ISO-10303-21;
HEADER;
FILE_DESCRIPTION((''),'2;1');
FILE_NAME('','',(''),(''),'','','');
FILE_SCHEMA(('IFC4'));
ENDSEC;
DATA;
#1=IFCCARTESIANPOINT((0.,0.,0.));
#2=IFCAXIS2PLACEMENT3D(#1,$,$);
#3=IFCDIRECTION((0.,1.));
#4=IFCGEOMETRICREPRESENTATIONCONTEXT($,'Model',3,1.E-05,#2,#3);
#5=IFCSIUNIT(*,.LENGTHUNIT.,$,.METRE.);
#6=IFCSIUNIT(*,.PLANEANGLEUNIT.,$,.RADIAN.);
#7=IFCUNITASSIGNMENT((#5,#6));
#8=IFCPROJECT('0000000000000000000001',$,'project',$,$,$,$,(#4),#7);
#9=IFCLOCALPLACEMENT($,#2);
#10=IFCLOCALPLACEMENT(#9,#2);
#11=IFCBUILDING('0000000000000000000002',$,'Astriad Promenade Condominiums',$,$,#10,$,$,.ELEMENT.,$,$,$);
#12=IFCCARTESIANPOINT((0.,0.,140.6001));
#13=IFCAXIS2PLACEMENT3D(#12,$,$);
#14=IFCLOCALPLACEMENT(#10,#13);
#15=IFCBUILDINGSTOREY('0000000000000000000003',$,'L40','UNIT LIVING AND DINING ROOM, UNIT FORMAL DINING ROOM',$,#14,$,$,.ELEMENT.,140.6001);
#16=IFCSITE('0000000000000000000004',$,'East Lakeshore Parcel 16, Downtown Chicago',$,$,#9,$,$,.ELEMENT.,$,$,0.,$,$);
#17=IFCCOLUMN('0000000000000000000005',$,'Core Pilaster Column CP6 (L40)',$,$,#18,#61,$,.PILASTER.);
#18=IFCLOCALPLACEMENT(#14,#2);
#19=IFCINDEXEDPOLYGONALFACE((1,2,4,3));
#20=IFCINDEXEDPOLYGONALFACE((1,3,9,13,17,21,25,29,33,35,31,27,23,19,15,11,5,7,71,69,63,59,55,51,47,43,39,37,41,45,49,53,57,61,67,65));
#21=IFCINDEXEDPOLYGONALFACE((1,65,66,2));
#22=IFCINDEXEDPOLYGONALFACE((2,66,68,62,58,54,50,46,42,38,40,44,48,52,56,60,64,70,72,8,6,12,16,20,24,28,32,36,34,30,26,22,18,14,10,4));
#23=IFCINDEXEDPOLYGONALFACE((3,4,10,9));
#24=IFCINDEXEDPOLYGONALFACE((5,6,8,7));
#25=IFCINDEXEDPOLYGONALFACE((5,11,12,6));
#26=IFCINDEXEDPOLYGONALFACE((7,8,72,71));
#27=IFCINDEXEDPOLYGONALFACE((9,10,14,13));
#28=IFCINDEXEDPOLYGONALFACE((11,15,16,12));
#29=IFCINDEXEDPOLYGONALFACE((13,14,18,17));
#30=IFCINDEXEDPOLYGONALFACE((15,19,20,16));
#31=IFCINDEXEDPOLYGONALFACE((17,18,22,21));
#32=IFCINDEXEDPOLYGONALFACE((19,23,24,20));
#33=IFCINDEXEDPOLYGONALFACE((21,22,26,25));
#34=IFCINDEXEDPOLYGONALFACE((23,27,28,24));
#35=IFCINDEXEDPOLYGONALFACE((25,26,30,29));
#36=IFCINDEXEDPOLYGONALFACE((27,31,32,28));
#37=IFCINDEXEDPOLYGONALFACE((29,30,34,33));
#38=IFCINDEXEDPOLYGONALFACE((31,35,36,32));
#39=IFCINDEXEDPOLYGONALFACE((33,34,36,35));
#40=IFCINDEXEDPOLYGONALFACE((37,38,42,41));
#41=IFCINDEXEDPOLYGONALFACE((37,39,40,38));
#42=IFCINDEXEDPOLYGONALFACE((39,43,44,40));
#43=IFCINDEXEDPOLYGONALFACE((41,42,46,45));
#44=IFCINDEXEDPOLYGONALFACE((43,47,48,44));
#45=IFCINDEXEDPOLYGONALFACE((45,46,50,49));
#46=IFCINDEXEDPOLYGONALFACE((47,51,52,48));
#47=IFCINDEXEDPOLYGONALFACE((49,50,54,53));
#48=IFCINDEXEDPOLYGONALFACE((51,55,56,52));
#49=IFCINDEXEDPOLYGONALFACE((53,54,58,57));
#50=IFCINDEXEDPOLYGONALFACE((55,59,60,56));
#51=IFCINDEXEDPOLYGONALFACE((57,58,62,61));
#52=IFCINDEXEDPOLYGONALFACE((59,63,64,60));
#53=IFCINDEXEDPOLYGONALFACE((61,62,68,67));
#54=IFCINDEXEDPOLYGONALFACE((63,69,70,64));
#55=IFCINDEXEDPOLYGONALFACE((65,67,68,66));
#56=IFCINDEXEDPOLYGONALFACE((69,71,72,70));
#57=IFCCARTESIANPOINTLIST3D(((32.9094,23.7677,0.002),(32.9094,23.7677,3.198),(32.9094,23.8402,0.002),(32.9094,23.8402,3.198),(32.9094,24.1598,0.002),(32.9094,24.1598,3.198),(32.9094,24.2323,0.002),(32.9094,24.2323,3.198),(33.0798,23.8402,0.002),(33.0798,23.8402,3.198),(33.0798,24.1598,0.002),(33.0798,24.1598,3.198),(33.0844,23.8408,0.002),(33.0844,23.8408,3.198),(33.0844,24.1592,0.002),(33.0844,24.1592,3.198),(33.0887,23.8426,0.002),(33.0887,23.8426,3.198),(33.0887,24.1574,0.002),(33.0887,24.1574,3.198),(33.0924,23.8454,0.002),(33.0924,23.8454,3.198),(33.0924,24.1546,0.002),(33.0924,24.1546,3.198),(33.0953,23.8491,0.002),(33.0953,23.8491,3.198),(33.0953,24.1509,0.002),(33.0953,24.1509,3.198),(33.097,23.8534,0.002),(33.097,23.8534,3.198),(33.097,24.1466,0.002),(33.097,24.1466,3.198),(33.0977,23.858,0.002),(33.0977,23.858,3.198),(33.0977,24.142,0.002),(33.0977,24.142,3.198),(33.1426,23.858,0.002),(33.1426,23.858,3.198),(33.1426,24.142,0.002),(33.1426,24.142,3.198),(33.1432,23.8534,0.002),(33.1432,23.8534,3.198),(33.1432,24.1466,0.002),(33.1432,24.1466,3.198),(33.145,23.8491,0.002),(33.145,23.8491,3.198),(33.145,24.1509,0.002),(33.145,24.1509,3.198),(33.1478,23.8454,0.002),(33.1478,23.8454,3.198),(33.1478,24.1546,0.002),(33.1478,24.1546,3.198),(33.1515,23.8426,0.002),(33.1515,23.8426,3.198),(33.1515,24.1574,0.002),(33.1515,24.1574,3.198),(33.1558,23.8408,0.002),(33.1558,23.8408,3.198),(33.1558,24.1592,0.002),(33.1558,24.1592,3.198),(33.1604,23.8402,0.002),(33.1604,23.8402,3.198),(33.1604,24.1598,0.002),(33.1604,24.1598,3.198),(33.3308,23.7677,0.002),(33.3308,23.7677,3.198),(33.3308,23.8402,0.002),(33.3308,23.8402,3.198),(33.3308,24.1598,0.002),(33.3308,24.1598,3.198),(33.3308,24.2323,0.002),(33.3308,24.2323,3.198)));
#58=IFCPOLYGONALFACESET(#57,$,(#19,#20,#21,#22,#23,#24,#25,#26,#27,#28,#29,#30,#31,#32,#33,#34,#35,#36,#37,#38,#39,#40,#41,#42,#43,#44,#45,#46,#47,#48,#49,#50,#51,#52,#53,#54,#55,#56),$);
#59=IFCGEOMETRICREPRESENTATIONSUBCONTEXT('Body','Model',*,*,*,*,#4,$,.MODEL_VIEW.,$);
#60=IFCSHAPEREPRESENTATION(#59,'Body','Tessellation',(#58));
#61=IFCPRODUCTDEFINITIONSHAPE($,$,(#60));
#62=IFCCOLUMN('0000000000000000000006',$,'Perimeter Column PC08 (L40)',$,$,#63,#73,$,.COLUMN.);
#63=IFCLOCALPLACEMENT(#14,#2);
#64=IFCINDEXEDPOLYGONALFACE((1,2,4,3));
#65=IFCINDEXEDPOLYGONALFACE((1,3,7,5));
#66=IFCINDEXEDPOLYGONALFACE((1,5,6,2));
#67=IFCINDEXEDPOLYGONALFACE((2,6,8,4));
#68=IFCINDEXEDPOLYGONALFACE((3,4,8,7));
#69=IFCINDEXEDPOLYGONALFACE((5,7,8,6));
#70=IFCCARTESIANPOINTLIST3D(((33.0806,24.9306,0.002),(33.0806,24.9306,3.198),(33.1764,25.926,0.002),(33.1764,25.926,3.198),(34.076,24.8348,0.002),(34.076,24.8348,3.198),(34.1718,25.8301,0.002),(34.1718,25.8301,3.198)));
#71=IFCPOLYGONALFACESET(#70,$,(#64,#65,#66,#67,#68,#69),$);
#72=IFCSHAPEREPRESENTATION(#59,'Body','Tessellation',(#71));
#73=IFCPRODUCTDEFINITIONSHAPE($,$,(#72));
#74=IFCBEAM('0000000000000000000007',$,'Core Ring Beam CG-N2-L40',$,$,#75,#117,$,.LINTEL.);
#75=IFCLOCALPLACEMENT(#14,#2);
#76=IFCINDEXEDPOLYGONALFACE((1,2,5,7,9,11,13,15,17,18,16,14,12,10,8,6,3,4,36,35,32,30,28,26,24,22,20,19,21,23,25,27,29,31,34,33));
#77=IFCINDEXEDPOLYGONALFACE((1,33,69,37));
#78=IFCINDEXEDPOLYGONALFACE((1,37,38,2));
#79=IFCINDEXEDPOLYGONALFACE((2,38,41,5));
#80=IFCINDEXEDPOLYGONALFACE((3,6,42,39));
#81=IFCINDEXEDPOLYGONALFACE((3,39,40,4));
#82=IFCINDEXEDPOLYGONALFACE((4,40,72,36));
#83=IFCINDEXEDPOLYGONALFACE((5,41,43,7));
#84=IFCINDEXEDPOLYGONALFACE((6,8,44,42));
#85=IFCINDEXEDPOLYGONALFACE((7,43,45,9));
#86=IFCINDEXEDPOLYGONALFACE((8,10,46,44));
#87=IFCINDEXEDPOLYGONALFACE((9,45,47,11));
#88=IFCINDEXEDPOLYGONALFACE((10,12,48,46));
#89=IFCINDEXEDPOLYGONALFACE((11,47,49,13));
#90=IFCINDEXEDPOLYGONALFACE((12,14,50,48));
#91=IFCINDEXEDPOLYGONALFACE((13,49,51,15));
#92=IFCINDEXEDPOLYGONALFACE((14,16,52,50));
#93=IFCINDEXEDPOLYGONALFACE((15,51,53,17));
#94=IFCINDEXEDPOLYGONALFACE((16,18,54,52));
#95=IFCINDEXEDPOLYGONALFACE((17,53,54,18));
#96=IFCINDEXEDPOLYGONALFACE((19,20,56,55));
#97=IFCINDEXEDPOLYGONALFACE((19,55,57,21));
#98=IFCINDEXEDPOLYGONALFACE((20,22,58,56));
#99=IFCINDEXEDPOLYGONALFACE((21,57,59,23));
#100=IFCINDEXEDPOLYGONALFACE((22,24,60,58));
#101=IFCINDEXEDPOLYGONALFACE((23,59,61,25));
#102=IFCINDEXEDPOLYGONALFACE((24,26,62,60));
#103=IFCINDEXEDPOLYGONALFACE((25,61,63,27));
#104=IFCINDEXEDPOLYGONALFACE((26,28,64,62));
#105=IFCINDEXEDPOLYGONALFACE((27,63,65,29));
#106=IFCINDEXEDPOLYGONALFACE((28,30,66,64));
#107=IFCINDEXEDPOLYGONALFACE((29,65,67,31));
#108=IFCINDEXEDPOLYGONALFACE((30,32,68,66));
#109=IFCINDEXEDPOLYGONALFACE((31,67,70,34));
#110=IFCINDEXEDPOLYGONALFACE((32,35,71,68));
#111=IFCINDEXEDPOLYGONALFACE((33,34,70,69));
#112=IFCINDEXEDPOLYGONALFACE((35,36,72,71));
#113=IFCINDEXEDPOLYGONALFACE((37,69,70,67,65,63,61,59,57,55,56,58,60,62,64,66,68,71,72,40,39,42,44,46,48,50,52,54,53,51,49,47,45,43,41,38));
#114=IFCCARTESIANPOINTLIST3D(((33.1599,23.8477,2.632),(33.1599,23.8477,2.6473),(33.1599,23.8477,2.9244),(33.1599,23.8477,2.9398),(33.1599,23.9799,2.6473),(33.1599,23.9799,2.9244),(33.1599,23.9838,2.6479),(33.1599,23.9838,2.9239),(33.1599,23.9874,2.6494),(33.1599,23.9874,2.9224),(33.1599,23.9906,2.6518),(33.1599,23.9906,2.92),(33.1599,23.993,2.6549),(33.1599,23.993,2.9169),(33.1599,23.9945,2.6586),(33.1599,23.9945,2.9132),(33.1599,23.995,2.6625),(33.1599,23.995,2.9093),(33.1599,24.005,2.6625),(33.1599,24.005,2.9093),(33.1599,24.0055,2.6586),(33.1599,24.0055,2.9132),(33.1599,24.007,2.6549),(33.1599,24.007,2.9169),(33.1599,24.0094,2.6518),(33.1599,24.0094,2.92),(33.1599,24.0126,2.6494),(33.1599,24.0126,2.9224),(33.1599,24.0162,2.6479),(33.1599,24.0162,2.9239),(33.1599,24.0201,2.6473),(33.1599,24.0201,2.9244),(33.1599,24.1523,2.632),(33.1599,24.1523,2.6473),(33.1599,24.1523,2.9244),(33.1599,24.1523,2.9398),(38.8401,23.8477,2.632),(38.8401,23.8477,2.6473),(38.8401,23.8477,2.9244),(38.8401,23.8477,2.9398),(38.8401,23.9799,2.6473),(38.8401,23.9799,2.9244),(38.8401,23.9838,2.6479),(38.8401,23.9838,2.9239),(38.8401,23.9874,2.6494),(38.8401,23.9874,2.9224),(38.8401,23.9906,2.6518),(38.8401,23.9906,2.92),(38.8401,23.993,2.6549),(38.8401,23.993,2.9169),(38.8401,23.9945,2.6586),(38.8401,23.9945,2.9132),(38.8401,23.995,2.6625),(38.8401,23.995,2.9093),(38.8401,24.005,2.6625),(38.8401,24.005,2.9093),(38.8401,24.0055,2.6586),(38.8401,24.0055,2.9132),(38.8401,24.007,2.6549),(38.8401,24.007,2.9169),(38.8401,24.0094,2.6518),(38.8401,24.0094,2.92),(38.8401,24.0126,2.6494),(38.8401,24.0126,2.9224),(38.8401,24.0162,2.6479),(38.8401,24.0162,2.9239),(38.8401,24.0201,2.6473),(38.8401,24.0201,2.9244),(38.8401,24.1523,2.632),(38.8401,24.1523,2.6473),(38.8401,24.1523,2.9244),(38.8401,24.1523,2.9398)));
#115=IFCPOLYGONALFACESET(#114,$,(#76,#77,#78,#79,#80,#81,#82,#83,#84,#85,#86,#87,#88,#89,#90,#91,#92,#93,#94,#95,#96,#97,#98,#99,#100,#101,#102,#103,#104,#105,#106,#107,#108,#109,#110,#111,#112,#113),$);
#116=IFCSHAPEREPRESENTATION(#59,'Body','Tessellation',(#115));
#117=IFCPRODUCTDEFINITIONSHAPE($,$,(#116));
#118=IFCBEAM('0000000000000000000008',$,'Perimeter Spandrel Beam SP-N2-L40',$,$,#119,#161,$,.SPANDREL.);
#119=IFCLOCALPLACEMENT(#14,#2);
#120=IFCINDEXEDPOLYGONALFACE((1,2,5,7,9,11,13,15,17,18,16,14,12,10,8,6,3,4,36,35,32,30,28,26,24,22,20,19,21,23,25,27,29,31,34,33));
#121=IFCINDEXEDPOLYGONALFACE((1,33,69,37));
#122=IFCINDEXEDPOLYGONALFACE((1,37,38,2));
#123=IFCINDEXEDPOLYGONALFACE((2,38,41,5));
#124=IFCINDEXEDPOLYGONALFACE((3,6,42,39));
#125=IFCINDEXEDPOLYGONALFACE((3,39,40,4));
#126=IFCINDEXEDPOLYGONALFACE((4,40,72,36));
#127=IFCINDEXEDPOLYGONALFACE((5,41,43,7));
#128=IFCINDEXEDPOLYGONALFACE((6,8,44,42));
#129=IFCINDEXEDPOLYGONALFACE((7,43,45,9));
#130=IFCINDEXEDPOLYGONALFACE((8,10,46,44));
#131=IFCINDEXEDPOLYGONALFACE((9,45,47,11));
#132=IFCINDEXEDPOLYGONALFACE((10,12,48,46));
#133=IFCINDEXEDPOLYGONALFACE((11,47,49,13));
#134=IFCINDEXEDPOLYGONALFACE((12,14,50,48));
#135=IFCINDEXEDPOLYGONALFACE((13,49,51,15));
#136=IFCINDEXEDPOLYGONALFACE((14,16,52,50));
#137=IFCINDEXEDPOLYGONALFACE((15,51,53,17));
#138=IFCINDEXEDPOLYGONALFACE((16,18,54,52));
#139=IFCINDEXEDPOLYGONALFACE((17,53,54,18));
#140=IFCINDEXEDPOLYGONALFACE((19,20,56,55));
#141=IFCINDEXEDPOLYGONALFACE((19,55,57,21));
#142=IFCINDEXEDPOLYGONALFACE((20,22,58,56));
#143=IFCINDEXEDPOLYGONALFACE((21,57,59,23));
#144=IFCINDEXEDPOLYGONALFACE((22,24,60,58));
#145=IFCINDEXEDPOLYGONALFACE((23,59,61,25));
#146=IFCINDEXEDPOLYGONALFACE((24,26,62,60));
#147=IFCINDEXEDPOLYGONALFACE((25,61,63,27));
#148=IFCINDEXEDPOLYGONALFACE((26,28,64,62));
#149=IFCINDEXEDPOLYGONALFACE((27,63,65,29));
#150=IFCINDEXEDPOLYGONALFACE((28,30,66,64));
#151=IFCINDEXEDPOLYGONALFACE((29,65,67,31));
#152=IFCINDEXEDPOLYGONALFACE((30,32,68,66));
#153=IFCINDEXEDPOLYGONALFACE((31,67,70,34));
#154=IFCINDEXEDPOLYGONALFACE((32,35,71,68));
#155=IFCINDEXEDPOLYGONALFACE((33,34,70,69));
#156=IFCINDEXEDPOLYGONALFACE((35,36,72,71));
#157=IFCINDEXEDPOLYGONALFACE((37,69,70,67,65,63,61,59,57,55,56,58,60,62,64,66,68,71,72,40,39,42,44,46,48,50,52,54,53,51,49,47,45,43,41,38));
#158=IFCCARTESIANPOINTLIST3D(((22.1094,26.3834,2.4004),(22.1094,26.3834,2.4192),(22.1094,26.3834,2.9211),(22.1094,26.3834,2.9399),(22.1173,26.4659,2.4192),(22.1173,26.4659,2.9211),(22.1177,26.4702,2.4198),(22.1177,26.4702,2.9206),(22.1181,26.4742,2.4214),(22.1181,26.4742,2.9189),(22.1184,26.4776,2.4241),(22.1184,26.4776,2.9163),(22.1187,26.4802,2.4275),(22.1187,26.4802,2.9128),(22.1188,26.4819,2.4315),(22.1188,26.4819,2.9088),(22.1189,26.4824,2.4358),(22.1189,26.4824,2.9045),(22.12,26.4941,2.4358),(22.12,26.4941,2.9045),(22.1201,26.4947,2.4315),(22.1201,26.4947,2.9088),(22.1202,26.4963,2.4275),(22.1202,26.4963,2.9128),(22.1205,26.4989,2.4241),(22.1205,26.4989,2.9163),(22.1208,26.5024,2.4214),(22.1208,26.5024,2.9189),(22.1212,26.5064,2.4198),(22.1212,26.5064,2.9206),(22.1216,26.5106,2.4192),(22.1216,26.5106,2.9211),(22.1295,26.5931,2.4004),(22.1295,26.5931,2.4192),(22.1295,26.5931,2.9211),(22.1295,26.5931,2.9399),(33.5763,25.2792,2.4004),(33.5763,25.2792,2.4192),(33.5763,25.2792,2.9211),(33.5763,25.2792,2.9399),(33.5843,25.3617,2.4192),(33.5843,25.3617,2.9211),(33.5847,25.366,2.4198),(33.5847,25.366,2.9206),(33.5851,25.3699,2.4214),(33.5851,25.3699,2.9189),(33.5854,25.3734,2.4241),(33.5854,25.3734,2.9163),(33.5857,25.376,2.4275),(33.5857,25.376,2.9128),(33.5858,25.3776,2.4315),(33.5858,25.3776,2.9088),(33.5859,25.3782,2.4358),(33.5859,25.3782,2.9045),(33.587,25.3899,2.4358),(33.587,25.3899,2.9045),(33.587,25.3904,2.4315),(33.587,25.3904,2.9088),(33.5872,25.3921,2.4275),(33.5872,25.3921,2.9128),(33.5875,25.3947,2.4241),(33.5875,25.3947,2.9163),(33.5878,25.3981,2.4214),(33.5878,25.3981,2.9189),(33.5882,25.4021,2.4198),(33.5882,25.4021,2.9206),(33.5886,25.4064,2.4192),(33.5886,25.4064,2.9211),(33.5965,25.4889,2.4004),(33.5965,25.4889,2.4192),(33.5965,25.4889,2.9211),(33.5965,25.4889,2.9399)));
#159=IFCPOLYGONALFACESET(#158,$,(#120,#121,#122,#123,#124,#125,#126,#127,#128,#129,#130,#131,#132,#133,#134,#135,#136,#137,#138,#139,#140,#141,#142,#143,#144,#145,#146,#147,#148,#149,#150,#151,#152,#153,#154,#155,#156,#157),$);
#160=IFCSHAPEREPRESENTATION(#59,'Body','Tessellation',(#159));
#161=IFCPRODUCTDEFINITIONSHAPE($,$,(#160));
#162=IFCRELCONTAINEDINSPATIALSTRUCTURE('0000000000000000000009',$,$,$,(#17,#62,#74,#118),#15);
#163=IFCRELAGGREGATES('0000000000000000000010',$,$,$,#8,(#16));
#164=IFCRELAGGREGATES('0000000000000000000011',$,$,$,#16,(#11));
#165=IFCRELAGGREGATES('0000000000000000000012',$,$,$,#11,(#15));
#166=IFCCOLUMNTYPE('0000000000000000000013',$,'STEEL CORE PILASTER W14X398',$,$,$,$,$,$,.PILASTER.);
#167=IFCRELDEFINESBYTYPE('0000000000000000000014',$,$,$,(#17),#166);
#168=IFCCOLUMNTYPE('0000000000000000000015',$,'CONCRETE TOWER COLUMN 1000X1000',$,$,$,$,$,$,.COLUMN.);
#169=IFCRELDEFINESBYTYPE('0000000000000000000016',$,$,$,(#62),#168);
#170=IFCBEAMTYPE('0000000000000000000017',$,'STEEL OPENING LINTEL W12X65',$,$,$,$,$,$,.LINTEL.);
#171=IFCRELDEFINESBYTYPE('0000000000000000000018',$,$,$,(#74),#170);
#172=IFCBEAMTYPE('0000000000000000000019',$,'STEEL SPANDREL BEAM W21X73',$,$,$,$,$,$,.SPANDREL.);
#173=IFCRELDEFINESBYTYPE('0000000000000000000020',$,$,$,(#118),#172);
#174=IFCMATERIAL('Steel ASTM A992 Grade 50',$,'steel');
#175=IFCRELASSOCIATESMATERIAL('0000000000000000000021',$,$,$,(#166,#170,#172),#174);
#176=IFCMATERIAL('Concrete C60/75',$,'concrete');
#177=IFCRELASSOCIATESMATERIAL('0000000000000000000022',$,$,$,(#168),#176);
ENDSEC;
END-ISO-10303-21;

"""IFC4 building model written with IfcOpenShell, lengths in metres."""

from ifc_helpers import new_model, si_unit, direction, frame, origin, origin_2d, place, context, subcontext, project, spatial, rectangle, i_section, extrude, source, transform, mapped, material, material_profile, profile_set, type_object, type_shapes, element, save


model = new_model("IFC4")

# Units and contexts
model_context = context("Model", 3, precision=1e-05, world=origin(), true_north=direction((0.0, 1.0)))
body_context = subcontext(model_context, "Body", "Model", "MODEL_VIEW")
ifc_project = project(units=[si_unit("LENGTHUNIT", "METRE"), si_unit("PLANEANGLEUNIT", "RADIAN")], contexts=[model_context])

# Site, building, storey
site_placement = place(None, origin())
site = spatial("IfcSite", under=ifc_project, at=site_placement, Name="East Lakeshore Parcel 16, Downtown Chicago", CompositionType="ELEMENT", RefElevation=0.0)
building_placement = place(site_placement, origin())
building = spatial("IfcBuilding", under=site, at=building_placement, Name="Astriad Promenade Condominiums", CompositionType="ELEMENT")
storey_placement = place(building_placement, frame((0.0, 0.0, 140.6001)))
storey = spatial("IfcBuildingStorey", under=building, at=storey_placement, Name="L40", Description="UNIT LIVING AND DINING ROOM, UNIT FORMAL DINING ROOM", CompositionType="ELEMENT", Elevation=140.6001)

# Columns
ifc_material_1 = material(Name="Steel ASTM A992 Grade 50", Category="steel")
ifc_material_profile_1 = material_profile(ifc_material_1, i_section(OverallWidth=0.4214, OverallDepth=0.4646, WebThickness=0.0449, FlangeThickness=0.0725, FilletRadius=0.0178, at=origin_2d()), Name="W14X398")
ifc_profile_set_1 = profile_set([ifc_material_profile_1], Name="Steel ASTM A992 Grade 50")
column_type_1 = type_object("IfcColumnType", Name="STEEL CORE PILASTER W14X398", PredefinedType="PILASTER", material=ifc_profile_set_1)
shared_shape_1 = source(origin(), body_context, "Body", "SweptSolid", [
    extrude(i_section(OverallWidth=0.4214, OverallDepth=0.4646, WebThickness=0.0449, FlangeThickness=0.0725, FilletRadius=0.0178, at=origin_2d()), origin(), (0.0, 0.0, 1.0), 3.196),
])
type_shapes(column_type_1, [shared_shape_1])
column_1_placement = place(storey_placement, frame((33.1201, 24.0, 0.002), z_axis=(0.0, 0.0, 1.0), x_axis=(1.0, 0.0, 0.0)))
element("IfcColumn", 1, at=column_1_placement, inside=storey, type_object=column_type_1, Name="Core Pilaster Column CP6 (L40)", PredefinedType="PILASTER", context=body_context, shape_type="MappedRepresentation", body=[
    mapped(shared_shape_1, transform((0.0, 0.0, 0.0), scale=1.0)),
])
ifc_material_2 = material(Name="Concrete C60/75", Category="concrete")
ifc_material_profile_2 = material_profile(ifc_material_2, rectangle(XDim=1.0, YDim=1.0, at=origin_2d()), Name="RC-COL-1000X1000")
ifc_profile_set_2 = profile_set([ifc_material_profile_2], Name="Concrete C60/75")
column_type_2 = type_object("IfcColumnType", Name="CONCRETE TOWER COLUMN 1000X1000", PredefinedType="COLUMN", material=ifc_profile_set_2)
shared_shape_2 = source(origin(), body_context, "Body", "SweptSolid", [
    extrude(rectangle(XDim=1.0, YDim=1.0, at=origin_2d()), origin(), (0.0, 0.0, 1.0), 3.196),
])
type_shapes(column_type_2, [shared_shape_2])
column_2_placement = place(storey_placement, frame((33.6262, 25.3804, 0.002), z_axis=(0.0, 0.0, 1.0), x_axis=(0.995396, -0.095846, 0.0)))
element("IfcColumn", 2, at=column_2_placement, inside=storey, type_object=column_type_2, Name="Perimeter Column PC08 (L40)", PredefinedType="COLUMN", context=body_context, shape_type="MappedRepresentation", body=[
    mapped(shared_shape_2, transform((0.0, 0.0, 0.0), scale=1.0)),
])

# Beams
ifc_material_profile_3 = material_profile(ifc_material_1, i_section(OverallWidth=0.3047, OverallDepth=0.3079, WebThickness=0.01, FlangeThickness=0.0154, FilletRadius=0.0151, at=origin_2d()), Name="W12X65")
ifc_profile_set_3 = profile_set([ifc_material_profile_3], Name="Steel ASTM A992 Grade 50")
beam_type_1 = type_object("IfcBeamType", Name="STEEL OPENING LINTEL W12X65", PredefinedType="LINTEL", material=ifc_profile_set_3)
shared_shape_3 = source(origin(), body_context, "Body", "SweptSolid", [
    extrude(i_section(OverallWidth=0.3047, OverallDepth=0.3079, WebThickness=0.01, FlangeThickness=0.0154, FilletRadius=0.0151, at=origin_2d()), origin(), (0.0, 0.0, 1.0), 5.6802),
])
type_shapes(beam_type_1, [shared_shape_3])
beam_1_placement = place(storey_placement, frame((33.1599, 24.0, 2.7859), z_axis=(1.0, 0.0, 0.0), x_axis=(0.0, 1.0, 0.0)))
element("IfcBeam", 3, at=beam_1_placement, inside=storey, type_object=beam_type_1, Name="Core Ring Beam CG-N2-L40", PredefinedType="LINTEL", context=body_context, shape_type="MappedRepresentation", body=[
    mapped(shared_shape_3, transform((0.0, 0.0, 0.0), scale=1.0)),
])
ifc_material_profile_4 = material_profile(ifc_material_1, i_section(OverallWidth=0.2107, OverallDepth=0.5396, WebThickness=0.0117, FlangeThickness=0.0188, FilletRadius=0.0166, at=origin_2d()), Name="W21X73")
ifc_profile_set_4 = profile_set([ifc_material_profile_4], Name="Steel ASTM A992 Grade 50")
beam_type_2 = type_object("IfcBeamType", Name="STEEL SPANDREL BEAM W21X73", PredefinedType="SPANDREL", material=ifc_profile_set_4)
shared_shape_4 = source(origin(), body_context, "Body", "SweptSolid", [
    extrude(i_section(OverallWidth=0.2107, OverallDepth=0.5396, WebThickness=0.0117, FlangeThickness=0.0188, FilletRadius=0.0166, at=origin_2d()), origin(), (0.0, 0.0, 1.0), 11.52),
])
type_shapes(beam_type_2, [shared_shape_4])
beam_2_placement = place(storey_placement, frame((33.5864, 25.384, 2.6702), z_axis=(-0.995395, 0.095854, 0.0), x_axis=(-0.095854, -0.995395, 0.0)))
element("IfcBeam", 4, at=beam_2_placement, inside=storey, type_object=beam_type_2, Name="Perimeter Spandrel Beam SP-N2-L40", PredefinedType="SPANDREL", context=body_context, shape_type="MappedRepresentation", body=[
    mapped(shared_shape_4, transform((0.0, 0.0, 0.0), scale=1.0)),
])

save(model, "model.ifc")
